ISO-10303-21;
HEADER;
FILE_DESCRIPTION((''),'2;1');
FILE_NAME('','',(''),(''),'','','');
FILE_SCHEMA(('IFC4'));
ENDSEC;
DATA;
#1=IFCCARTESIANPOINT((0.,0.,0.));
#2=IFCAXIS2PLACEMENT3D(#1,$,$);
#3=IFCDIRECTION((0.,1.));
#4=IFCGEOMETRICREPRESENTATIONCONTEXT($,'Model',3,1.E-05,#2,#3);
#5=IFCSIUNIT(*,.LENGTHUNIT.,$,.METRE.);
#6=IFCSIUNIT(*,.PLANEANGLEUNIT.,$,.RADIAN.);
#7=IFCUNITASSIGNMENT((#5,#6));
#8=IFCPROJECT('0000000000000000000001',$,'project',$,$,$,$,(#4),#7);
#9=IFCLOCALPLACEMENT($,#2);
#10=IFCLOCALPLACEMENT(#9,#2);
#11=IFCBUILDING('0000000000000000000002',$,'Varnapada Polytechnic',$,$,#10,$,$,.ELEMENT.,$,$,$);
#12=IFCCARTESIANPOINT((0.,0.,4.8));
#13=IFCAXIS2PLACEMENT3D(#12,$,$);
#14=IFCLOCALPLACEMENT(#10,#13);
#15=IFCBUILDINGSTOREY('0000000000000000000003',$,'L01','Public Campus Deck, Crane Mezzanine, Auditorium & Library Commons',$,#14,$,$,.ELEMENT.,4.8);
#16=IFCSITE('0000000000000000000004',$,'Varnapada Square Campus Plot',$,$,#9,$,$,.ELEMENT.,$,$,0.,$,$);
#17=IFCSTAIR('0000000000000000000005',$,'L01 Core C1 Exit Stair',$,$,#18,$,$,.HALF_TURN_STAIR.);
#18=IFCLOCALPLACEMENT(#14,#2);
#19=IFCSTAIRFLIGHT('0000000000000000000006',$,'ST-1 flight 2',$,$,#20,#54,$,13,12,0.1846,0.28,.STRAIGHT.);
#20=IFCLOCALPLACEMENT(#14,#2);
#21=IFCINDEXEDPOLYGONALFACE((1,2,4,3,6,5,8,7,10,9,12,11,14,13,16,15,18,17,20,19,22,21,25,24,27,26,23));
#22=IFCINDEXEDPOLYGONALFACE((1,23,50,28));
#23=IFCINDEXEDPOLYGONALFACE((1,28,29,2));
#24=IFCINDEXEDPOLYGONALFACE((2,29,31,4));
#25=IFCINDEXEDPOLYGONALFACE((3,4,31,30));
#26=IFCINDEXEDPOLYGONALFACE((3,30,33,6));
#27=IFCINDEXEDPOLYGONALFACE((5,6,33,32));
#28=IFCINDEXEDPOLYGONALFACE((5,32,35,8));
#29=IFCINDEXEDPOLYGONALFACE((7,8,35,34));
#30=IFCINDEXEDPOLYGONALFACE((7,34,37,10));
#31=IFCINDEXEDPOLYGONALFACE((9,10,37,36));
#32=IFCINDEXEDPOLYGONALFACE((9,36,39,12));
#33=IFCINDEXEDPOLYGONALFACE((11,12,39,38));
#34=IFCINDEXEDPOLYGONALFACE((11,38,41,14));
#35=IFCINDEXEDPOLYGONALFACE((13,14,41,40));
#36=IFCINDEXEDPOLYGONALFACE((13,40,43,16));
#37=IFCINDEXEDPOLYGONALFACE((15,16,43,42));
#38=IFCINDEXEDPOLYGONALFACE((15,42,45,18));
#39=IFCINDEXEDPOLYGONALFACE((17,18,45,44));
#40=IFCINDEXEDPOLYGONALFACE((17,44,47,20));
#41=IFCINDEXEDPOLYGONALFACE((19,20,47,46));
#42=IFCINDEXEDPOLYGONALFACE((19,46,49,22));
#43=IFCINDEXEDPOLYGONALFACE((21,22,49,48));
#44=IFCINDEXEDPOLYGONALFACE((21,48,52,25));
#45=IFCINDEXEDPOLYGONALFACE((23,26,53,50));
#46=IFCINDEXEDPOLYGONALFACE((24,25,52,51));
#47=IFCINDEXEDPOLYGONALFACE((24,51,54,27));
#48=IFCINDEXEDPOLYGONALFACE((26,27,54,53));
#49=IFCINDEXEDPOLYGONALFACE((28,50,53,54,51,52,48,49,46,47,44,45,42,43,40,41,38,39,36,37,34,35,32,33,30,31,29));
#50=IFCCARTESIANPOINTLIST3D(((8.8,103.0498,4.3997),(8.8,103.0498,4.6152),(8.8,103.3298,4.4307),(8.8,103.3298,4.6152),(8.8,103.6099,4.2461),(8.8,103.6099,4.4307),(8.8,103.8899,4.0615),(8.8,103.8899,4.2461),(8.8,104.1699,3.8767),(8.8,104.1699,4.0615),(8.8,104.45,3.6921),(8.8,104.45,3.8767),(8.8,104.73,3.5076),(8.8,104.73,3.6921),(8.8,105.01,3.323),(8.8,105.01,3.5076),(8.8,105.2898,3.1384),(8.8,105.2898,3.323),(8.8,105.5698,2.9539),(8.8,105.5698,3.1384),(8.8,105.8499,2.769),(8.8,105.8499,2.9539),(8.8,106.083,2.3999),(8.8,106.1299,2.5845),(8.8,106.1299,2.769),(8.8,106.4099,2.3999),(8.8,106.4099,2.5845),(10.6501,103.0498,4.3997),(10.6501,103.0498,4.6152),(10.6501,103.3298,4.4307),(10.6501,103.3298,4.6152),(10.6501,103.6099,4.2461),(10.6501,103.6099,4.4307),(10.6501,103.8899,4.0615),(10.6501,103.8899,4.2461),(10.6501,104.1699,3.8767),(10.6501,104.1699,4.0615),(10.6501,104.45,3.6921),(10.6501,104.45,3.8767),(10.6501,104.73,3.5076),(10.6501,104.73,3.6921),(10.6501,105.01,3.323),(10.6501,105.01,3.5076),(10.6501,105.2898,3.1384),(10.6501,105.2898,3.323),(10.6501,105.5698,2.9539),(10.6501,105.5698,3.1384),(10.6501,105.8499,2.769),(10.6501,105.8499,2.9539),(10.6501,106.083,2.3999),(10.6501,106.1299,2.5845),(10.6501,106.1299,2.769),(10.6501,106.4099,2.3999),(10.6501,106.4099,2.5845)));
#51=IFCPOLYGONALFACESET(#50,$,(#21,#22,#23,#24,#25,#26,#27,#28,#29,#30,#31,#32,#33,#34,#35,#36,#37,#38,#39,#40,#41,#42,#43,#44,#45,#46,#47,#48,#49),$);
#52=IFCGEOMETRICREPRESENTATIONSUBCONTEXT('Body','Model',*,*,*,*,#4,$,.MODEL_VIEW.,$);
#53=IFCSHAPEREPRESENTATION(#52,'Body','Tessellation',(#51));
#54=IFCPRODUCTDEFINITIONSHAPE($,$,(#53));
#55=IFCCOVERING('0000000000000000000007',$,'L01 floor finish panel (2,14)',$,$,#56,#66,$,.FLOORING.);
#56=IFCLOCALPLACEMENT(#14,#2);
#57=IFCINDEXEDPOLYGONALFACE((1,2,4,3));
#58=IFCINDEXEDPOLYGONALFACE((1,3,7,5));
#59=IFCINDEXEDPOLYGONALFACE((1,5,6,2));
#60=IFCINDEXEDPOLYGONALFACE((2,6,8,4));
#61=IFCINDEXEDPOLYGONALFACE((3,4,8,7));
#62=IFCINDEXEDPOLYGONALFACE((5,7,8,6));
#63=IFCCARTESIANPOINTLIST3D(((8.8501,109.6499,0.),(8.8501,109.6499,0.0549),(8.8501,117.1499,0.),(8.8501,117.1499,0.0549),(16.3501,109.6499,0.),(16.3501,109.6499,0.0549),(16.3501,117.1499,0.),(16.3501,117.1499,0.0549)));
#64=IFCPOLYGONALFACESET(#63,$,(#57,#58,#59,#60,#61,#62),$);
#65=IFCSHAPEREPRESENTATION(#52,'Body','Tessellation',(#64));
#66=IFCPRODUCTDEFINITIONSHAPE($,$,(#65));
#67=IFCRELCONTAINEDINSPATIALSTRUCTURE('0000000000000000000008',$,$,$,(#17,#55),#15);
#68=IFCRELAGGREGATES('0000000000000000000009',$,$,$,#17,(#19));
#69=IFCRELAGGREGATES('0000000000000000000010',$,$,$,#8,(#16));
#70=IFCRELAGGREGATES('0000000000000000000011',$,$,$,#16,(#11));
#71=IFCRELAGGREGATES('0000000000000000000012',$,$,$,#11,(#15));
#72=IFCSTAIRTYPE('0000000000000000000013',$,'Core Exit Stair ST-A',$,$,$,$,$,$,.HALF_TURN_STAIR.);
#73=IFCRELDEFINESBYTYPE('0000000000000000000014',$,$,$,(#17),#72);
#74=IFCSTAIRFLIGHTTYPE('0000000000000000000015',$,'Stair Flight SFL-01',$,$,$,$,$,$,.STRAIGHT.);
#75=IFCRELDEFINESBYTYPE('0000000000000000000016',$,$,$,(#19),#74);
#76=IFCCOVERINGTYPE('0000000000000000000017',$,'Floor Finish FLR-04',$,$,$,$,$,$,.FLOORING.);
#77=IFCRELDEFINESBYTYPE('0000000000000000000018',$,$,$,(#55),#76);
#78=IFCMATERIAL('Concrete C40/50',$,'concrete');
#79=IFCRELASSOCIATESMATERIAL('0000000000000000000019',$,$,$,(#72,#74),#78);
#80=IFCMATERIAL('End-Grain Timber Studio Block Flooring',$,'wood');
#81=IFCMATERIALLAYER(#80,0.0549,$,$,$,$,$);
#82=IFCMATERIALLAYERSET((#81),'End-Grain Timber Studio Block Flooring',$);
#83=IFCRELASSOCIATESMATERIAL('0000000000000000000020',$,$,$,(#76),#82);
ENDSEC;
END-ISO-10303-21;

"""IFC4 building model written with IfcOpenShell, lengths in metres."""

from ifc_helpers import new_model, si_unit, direction, frame, origin, origin_2d, place, context, subcontext, project, spatial, polyline, rectangle, outline, extrude, material, layer, layer_set, type_object, element, aggregate, save


model = new_model("IFC4")

# Units and contexts
model_context = context("Model", 3, precision=1e-05, world=origin(), true_north=direction((0.0, 1.0)))
body_context = subcontext(model_context, "Body", "Model", "MODEL_VIEW")
ifc_project = project(units=[si_unit("LENGTHUNIT", "METRE"), si_unit("PLANEANGLEUNIT", "RADIAN")], contexts=[model_context])

# Site, building, storey
site_placement = place(None, origin())
site = spatial("IfcSite", under=ifc_project, at=site_placement, Name="Varnapada Square Campus Plot", CompositionType="ELEMENT", RefElevation=0.0)
building_placement = place(site_placement, origin())
building = spatial("IfcBuilding", under=site, at=building_placement, Name="Varnapada Polytechnic", CompositionType="ELEMENT")
storey_placement = place(building_placement, frame((0.0, 0.0, 4.8)))
storey = spatial("IfcBuildingStorey", under=building, at=storey_placement, Name="L01", Description="Public Campus Deck, Crane Mezzanine, Auditorium & Library Commons", CompositionType="ELEMENT", Elevation=4.8)

# Shared definitions
ifc_material_1 = material(Name="Concrete C40/50", Category="concrete")

# Stair, stair flight
stair_type = type_object("IfcStairType", Name="Core Exit Stair ST-A", PredefinedType="HALF_TURN_STAIR", material=ifc_material_1)
stair_placement = place(storey_placement, origin())
stair = element("IfcStair", 1, at=stair_placement, inside=storey, type_object=stair_type, Name="L01 Core C1 Exit Stair", PredefinedType="HALF_TURN_STAIR")
stair_flight_type = type_object("IfcStairFlightType", Name="Stair Flight SFL-01", PredefinedType="STRAIGHT", material=ifc_material_1)
stair_flight_1_placement = place(storey_placement, frame((9.7251, 106.4099, 2.3999), z_axis=(0.0, 0.0, 1.0), x_axis=(0.0, -1.0, 0.0)))
stair_flight_1 = element("IfcStairFlight", 2, at=stair_flight_1_placement, type_object=stair_flight_type, Name="ST-1 flight 2", NumberOfRisers=13, NumberOfTreads=12, PredefinedType="STRAIGHT", RiserHeight=0.1846, TreadLength=0.28, context=body_context, shape_type="SweptSolid", body=[
    extrude(outline(polyline([(0.0, 0.0), (0.0, 0.1846), (0.28, 0.1846), (0.28, 0.3691), (0.5601, 0.3691), (0.5601, 0.554), (0.8401, 0.554), (0.8401, 0.7385), (1.1201, 0.7385), (1.1201, 0.9231), (1.3999, 0.9231), (1.3999, 1.1077), (1.6799, 1.1077), (1.6799, 1.2922), (1.96, 1.2922), (1.96, 1.4768), (2.24, 1.4768), (2.24, 1.6616), (2.52, 1.6616), (2.52, 1.8462), (2.8, 1.8462), (2.8, 2.0308), (3.0801, 2.0308), (3.0801, 2.2153), (3.3601, 2.2153), (3.3601, 2.3999), (3.3601, 1.9998), (0.3269, 0.0), (0.0, 0.0)])), frame((0.0, 0.925, 0.0), z_axis=(0.0, -1.0, 0.0), x_axis=(1.0, 0.0, 0.0)), (0.0, 0.0, 1.0), 1.8501),
])
aggregate(stair, [stair_flight_1])

# Covering
ifc_material_2 = material(Name="End-Grain Timber Studio Block Flooring", Category="wood")
ifc_layer_1 = layer(ifc_material_2, 0.0549)
ifc_layer_set_1 = layer_set([ifc_layer_1], Name="End-Grain Timber Studio Block Flooring")
covering_type = type_object("IfcCoveringType", Name="Floor Finish FLR-04", PredefinedType="FLOORING", material=ifc_layer_set_1)
covering_placement = place(storey_placement, frame((12.6001, 113.3999, 0.0), z_axis=(0.0, 0.0, 1.0), x_axis=(1.0, 0.0, 0.0)))
element("IfcCovering", 3, at=covering_placement, inside=storey, type_object=covering_type, Name="L01 floor finish panel (2,14)", PredefinedType="FLOORING", context=body_context, shape_type="SweptSolid", body=[
    extrude(rectangle(XDim=7.5, YDim=7.5, at=origin_2d()), origin(), (0.0, 0.0, 1.0), 0.0549),
])

save(model, "model.ifc")
